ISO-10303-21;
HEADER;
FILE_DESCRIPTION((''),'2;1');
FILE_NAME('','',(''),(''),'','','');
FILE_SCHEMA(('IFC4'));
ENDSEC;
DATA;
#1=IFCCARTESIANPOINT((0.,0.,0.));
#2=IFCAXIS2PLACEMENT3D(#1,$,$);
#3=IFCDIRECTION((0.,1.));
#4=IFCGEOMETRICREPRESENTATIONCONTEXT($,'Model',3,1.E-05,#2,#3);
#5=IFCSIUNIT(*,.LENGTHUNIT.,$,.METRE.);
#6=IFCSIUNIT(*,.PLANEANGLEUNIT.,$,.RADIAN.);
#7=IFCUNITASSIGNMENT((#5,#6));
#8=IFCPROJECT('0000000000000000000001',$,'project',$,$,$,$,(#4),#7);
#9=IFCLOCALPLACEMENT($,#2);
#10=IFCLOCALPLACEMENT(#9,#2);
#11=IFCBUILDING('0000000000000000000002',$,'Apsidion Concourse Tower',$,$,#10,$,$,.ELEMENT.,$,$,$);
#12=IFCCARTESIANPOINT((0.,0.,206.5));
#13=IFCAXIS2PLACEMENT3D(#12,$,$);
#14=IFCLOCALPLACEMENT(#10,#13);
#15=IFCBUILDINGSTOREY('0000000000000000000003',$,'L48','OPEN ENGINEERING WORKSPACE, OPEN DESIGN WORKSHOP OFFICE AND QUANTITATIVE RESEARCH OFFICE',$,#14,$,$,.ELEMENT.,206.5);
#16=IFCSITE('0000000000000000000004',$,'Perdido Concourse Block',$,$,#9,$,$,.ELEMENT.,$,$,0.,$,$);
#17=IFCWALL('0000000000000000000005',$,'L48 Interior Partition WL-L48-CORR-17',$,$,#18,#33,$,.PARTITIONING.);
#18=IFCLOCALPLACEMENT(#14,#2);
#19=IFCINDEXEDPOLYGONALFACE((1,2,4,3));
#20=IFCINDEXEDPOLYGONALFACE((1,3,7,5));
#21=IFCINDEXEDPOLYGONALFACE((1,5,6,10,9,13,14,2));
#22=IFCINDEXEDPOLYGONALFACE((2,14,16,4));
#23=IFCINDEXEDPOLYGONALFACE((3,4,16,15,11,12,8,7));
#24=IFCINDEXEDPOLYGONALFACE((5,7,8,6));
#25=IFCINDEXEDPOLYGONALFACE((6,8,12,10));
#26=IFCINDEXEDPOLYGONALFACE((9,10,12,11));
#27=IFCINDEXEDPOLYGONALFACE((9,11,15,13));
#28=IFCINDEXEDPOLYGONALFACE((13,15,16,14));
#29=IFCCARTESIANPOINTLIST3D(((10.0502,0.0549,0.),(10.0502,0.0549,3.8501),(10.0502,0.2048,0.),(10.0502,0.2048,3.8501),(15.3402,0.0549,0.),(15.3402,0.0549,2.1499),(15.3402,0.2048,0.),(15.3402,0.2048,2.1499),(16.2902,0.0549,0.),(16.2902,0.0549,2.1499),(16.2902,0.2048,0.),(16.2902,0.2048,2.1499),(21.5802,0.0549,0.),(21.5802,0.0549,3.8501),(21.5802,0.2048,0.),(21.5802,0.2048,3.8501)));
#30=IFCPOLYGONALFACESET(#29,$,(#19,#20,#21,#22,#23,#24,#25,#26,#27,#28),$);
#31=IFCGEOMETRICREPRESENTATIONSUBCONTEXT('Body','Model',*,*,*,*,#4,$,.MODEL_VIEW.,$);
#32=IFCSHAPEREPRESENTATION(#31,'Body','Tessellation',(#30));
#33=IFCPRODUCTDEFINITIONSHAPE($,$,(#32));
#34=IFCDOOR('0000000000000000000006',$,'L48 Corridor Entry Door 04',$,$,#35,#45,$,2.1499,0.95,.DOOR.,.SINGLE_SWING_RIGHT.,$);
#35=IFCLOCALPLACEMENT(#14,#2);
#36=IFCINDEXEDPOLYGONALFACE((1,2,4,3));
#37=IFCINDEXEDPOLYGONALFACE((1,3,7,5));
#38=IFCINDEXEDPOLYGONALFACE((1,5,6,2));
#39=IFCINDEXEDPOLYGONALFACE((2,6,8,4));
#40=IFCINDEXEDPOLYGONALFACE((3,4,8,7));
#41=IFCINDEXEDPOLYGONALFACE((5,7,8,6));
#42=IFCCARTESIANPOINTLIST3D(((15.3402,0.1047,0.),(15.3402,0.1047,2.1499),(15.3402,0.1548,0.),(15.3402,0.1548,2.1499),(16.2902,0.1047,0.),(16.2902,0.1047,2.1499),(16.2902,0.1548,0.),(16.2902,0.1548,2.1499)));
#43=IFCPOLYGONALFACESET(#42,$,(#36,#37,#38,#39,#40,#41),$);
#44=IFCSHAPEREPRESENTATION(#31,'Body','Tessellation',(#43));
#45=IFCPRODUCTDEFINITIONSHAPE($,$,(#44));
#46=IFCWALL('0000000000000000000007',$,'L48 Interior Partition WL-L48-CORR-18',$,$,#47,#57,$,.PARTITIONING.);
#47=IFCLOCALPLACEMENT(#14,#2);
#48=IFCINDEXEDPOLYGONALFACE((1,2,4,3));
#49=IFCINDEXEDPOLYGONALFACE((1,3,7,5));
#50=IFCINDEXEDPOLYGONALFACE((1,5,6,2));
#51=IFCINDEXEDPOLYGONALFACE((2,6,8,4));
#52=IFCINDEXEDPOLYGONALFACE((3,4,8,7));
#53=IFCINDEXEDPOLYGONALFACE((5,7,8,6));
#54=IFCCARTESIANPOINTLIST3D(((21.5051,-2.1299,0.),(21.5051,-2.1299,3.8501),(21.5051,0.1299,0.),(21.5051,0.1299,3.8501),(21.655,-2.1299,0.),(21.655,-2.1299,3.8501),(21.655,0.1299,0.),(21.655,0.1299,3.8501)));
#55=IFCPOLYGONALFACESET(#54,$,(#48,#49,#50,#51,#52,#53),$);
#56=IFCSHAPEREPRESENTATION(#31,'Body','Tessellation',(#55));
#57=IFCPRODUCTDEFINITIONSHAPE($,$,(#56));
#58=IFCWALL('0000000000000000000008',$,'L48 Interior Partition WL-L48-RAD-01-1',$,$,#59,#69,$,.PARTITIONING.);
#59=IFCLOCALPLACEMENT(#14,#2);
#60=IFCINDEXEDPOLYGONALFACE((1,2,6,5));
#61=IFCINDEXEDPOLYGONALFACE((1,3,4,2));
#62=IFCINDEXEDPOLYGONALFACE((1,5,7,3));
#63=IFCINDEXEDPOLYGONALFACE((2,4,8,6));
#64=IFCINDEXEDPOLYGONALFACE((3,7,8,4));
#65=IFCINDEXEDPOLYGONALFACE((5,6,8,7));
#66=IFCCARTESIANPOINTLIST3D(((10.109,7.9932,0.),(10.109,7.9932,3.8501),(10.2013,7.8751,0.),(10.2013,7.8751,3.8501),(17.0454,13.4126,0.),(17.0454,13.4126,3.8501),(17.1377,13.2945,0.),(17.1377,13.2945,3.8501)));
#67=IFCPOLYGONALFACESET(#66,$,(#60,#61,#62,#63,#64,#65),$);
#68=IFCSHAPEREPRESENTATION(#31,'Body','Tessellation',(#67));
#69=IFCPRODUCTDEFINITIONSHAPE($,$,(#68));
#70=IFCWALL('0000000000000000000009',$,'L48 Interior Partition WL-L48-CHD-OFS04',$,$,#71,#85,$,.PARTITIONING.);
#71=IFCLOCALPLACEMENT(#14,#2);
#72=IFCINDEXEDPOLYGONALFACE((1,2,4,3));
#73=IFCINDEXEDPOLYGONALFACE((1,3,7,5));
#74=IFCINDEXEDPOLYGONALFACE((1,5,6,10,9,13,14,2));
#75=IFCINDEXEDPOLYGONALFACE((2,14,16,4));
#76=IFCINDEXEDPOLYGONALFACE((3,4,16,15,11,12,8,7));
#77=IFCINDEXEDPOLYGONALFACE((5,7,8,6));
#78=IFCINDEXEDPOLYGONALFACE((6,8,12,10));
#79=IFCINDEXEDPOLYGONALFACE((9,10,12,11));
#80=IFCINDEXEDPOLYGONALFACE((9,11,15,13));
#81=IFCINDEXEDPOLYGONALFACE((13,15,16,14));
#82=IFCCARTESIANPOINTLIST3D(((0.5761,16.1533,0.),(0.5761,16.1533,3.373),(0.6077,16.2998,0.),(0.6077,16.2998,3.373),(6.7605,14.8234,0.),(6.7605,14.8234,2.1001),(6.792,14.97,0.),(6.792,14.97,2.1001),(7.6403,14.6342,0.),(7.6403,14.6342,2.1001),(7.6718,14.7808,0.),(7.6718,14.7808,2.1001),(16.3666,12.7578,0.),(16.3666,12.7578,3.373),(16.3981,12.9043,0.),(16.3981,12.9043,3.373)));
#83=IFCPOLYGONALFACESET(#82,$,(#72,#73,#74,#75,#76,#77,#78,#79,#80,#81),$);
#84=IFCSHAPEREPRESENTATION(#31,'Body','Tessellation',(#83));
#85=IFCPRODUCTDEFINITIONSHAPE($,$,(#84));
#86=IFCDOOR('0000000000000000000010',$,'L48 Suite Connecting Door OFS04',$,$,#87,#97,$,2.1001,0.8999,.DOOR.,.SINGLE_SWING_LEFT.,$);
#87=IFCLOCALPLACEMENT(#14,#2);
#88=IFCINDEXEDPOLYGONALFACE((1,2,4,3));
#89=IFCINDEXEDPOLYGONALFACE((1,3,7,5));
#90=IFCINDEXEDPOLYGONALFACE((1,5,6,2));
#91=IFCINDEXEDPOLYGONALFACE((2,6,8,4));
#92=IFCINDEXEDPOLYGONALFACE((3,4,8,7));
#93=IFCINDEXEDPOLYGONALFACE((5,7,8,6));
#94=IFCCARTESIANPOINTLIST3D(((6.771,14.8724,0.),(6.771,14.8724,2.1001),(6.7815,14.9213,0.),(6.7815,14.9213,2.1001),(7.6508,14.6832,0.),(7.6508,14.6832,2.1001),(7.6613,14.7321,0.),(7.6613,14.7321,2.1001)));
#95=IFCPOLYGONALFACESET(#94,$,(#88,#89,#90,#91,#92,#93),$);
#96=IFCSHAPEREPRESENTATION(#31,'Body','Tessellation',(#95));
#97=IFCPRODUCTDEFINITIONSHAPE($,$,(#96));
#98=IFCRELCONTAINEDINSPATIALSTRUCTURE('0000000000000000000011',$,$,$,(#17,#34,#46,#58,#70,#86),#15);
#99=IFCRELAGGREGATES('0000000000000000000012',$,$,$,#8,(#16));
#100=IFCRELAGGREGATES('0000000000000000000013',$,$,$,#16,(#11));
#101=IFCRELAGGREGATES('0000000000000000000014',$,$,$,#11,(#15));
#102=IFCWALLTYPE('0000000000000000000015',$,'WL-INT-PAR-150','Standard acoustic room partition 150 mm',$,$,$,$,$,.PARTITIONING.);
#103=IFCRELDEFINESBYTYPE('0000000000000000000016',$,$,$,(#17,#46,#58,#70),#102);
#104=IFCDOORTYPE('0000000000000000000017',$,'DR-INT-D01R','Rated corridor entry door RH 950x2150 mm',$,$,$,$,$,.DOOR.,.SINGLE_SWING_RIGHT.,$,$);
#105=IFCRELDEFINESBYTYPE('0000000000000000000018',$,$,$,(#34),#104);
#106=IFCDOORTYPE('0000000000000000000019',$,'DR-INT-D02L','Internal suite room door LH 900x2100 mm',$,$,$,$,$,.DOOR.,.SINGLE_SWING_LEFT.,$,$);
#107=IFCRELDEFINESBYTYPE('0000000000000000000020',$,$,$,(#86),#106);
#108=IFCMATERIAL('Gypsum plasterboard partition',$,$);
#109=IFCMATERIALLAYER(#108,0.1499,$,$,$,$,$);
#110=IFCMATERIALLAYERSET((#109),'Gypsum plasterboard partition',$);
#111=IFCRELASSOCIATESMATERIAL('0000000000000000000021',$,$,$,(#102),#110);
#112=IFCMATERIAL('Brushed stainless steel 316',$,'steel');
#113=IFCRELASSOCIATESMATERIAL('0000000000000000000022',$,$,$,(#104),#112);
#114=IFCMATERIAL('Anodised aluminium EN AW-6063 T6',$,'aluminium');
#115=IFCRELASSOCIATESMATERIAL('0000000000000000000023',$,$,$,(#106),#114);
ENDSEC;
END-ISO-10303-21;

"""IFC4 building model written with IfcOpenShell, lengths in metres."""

from ifc_helpers import new_model, si_unit, direction, frame, frame_2d, origin, place, context, subcontext, project, spatial, rectangle, extrude, material, layer, layer_set, type_object, element, fill, save


model = new_model("IFC4")

# Units and contexts
model_context = context("Model", 3, precision=1e-05, world=origin(), true_north=direction((0.0, 1.0)))
body_context = subcontext(model_context, "Body", "Model", "MODEL_VIEW")
ifc_project = project(units=[si_unit("LENGTHUNIT", "METRE"), si_unit("PLANEANGLEUNIT", "RADIAN")], contexts=[model_context])

# Site, building, storey
site_placement = place(None, origin())
site = spatial("IfcSite", under=ifc_project, at=site_placement, Name="Perdido Concourse Block", CompositionType="ELEMENT", RefElevation=0.0)
building_placement = place(site_placement, origin())
building = spatial("IfcBuilding", under=site, at=building_placement, Name="Apsidion Concourse Tower", CompositionType="ELEMENT")
storey_placement = place(building_placement, frame((0.0, 0.0, 206.5)))
storey = spatial("IfcBuildingStorey", under=building, at=storey_placement, Name="L48", Description="OPEN ENGINEERING WORKSPACE, OPEN DESIGN WORKSHOP OFFICE AND QUANTITATIVE RESEARCH OFFICE", CompositionType="ELEMENT", Elevation=206.5)

# Shared definitions
ifc_material_1 = material(Name="Gypsum plasterboard partition")
ifc_layer_1 = layer(ifc_material_1, 0.1499)
ifc_layer_set_1 = layer_set([ifc_layer_1], Name="Gypsum plasterboard partition")
wall_type_1 = type_object("IfcWallType", Name="WL-INT-PAR-150", Description="Standard acoustic room partition 150 mm", PredefinedType="PARTITIONING", material=ifc_layer_set_1)

# Wall, opening, door
wall_1_placement = place(storey_placement, frame((10.05, 0.1299, 0.0), z_axis=(0.0, 0.0, 1.0), x_axis=(1.0, 0.0, 0.0)))
wall_1 = element("IfcWall", 1, at=wall_1_placement, inside=storey, type_object=wall_type_1, Name="L48 Interior Partition WL-L48-CORR-17", PredefinedType="PARTITIONING", context=body_context, shape_type="SweptSolid", body=[
    extrude(rectangle(XDim=11.53, YDim=0.1499, at=frame_2d((5.7651, 0.0))), origin(), (0.0, 0.0, 1.0), 3.8501),
])
opening_1_placement = place(wall_1_placement, frame((5.29, 0.0, 0.0)))
opening_1 = element("IfcOpeningElement", 2, at=opening_1_placement, cuts=wall_1, PredefinedType="OPENING", context=body_context, shape_type="SweptSolid", body=[
    extrude(rectangle(XDim=0.95, YDim=2.1499, at=frame_2d((0.4751, 1.075))), frame((0.0, 0.085, 0.0), z_axis=(0.0, -1.0, 0.0), x_axis=(1.0, 0.0, 0.0)), (0.0, 0.0, 1.0), 0.1699),
])
ifc_material_2 = material(Name="Brushed stainless steel 316", Category="steel")
door_type_1 = type_object("IfcDoorType", Name="DR-INT-D01R", Description="Rated corridor entry door RH 950x2150 mm", OperationType="SINGLE_SWING_RIGHT", PredefinedType="DOOR", material=ifc_material_2)
door_1_placement = place(opening_1_placement, origin())
door_1 = element("IfcDoor", 3, at=door_1_placement, inside=storey, type_object=door_type_1, Name="L48 Corridor Entry Door 04", OperationType="SINGLE_SWING_RIGHT", OverallHeight=2.1499, OverallWidth=0.95, PredefinedType="DOOR", context=body_context, shape_type="SweptSolid", body=[
    extrude(rectangle(XDim=0.95, YDim=2.1499, at=frame_2d((0.4751, 1.075))), frame((0.0, 0.0249, 0.0), z_axis=(0.0, -1.0, 0.0), x_axis=(1.0, 0.0, 0.0)), (0.0, 0.0, 1.0), 0.05),
])
fill(opening_1, door_1)

# Walls
wall_2_placement = place(storey_placement, frame((21.5801, 0.1299, 0.0), z_axis=(0.0, 0.0, 1.0), x_axis=(0.0, -1.0, 0.0)))
element("IfcWall", 4, at=wall_2_placement, inside=storey, type_object=wall_type_1, Name="L48 Interior Partition WL-L48-CORR-18", PredefinedType="PARTITIONING", context=body_context, shape_type="SweptSolid", body=[
    extrude(rectangle(XDim=2.2598, YDim=0.1499, at=frame_2d((1.1299, 0.0))), origin(), (0.0, 0.0, 1.0), 3.8501),
])
wall_3_placement = place(storey_placement, frame((10.155, 7.9341, 0.0), z_axis=(0.0, 0.0, 1.0), x_axis=(0.788009, 0.615663, 0.0)))
element("IfcWall", 5, at=wall_3_placement, inside=storey, type_object=wall_type_1, Name="L48 Interior Partition WL-L48-RAD-01-1", PredefinedType="PARTITIONING", context=body_context, shape_type="SweptSolid", body=[
    extrude(rectangle(XDim=8.8025, YDim=0.1499, at=frame_2d((4.4014, 0.0))), origin(), (0.0, 0.0, 1.0), 3.8501),
])

# Wall, opening, door
wall_4_placement = place(storey_placement, frame((16.3823, 12.8311, 0.0), z_axis=(0.0, 0.0, 1.0), x_axis=(-0.977652, 0.210229, 0.0)))
wall_4 = element("IfcWall", 6, at=wall_4_placement, inside=storey, type_object=wall_type_1, Name="L48 Interior Partition WL-L48-CHD-OFS04", PredefinedType="PARTITIONING", context=body_context, shape_type="SweptSolid", body=[
    extrude(rectangle(XDim=16.1514, YDim=0.1499, at=frame_2d((8.0757, 0.0))), origin(), (0.0, 0.0, 1.0), 3.373),
])
opening_2_placement = place(wall_4_placement, frame((8.9258, 0.0, 0.0)))
opening_2 = element("IfcOpeningElement", 7, at=opening_2_placement, cuts=wall_4, PredefinedType="OPENING", context=body_context, shape_type="SweptSolid", body=[
    extrude(rectangle(XDim=0.8999, YDim=2.1001, at=frame_2d((0.45, 1.05))), frame((0.0, 0.085, 0.0), z_axis=(0.0, -1.0, 0.0), x_axis=(1.0, 0.0, 0.0)), (0.0, 0.0, 1.0), 0.1699),
])
ifc_material_3 = material(Name="Anodised aluminium EN AW-6063 T6", Category="aluminium")
door_type_2 = type_object("IfcDoorType", Name="DR-INT-D02L", Description="Internal suite room door LH 900x2100 mm", OperationType="SINGLE_SWING_LEFT", PredefinedType="DOOR", material=ifc_material_3)
door_2_placement = place(opening_2_placement, origin())
door_2 = element("IfcDoor", 8, at=door_2_placement, inside=storey, type_object=door_type_2, Name="L48 Suite Connecting Door OFS04", OperationType="SINGLE_SWING_LEFT", OverallHeight=2.1001, OverallWidth=0.8999, PredefinedType="DOOR", context=body_context, shape_type="SweptSolid", body=[
    extrude(rectangle(XDim=0.8999, YDim=2.1001, at=frame_2d((0.45, 1.05))), frame((0.0, 0.0249, 0.0), z_axis=(0.0, -1.0, 0.0), x_axis=(1.0, 0.0, 0.0)), (0.0, 0.0, 1.0), 0.05),
])
fill(opening_2, door_2)

save(model, "model.ifc")
